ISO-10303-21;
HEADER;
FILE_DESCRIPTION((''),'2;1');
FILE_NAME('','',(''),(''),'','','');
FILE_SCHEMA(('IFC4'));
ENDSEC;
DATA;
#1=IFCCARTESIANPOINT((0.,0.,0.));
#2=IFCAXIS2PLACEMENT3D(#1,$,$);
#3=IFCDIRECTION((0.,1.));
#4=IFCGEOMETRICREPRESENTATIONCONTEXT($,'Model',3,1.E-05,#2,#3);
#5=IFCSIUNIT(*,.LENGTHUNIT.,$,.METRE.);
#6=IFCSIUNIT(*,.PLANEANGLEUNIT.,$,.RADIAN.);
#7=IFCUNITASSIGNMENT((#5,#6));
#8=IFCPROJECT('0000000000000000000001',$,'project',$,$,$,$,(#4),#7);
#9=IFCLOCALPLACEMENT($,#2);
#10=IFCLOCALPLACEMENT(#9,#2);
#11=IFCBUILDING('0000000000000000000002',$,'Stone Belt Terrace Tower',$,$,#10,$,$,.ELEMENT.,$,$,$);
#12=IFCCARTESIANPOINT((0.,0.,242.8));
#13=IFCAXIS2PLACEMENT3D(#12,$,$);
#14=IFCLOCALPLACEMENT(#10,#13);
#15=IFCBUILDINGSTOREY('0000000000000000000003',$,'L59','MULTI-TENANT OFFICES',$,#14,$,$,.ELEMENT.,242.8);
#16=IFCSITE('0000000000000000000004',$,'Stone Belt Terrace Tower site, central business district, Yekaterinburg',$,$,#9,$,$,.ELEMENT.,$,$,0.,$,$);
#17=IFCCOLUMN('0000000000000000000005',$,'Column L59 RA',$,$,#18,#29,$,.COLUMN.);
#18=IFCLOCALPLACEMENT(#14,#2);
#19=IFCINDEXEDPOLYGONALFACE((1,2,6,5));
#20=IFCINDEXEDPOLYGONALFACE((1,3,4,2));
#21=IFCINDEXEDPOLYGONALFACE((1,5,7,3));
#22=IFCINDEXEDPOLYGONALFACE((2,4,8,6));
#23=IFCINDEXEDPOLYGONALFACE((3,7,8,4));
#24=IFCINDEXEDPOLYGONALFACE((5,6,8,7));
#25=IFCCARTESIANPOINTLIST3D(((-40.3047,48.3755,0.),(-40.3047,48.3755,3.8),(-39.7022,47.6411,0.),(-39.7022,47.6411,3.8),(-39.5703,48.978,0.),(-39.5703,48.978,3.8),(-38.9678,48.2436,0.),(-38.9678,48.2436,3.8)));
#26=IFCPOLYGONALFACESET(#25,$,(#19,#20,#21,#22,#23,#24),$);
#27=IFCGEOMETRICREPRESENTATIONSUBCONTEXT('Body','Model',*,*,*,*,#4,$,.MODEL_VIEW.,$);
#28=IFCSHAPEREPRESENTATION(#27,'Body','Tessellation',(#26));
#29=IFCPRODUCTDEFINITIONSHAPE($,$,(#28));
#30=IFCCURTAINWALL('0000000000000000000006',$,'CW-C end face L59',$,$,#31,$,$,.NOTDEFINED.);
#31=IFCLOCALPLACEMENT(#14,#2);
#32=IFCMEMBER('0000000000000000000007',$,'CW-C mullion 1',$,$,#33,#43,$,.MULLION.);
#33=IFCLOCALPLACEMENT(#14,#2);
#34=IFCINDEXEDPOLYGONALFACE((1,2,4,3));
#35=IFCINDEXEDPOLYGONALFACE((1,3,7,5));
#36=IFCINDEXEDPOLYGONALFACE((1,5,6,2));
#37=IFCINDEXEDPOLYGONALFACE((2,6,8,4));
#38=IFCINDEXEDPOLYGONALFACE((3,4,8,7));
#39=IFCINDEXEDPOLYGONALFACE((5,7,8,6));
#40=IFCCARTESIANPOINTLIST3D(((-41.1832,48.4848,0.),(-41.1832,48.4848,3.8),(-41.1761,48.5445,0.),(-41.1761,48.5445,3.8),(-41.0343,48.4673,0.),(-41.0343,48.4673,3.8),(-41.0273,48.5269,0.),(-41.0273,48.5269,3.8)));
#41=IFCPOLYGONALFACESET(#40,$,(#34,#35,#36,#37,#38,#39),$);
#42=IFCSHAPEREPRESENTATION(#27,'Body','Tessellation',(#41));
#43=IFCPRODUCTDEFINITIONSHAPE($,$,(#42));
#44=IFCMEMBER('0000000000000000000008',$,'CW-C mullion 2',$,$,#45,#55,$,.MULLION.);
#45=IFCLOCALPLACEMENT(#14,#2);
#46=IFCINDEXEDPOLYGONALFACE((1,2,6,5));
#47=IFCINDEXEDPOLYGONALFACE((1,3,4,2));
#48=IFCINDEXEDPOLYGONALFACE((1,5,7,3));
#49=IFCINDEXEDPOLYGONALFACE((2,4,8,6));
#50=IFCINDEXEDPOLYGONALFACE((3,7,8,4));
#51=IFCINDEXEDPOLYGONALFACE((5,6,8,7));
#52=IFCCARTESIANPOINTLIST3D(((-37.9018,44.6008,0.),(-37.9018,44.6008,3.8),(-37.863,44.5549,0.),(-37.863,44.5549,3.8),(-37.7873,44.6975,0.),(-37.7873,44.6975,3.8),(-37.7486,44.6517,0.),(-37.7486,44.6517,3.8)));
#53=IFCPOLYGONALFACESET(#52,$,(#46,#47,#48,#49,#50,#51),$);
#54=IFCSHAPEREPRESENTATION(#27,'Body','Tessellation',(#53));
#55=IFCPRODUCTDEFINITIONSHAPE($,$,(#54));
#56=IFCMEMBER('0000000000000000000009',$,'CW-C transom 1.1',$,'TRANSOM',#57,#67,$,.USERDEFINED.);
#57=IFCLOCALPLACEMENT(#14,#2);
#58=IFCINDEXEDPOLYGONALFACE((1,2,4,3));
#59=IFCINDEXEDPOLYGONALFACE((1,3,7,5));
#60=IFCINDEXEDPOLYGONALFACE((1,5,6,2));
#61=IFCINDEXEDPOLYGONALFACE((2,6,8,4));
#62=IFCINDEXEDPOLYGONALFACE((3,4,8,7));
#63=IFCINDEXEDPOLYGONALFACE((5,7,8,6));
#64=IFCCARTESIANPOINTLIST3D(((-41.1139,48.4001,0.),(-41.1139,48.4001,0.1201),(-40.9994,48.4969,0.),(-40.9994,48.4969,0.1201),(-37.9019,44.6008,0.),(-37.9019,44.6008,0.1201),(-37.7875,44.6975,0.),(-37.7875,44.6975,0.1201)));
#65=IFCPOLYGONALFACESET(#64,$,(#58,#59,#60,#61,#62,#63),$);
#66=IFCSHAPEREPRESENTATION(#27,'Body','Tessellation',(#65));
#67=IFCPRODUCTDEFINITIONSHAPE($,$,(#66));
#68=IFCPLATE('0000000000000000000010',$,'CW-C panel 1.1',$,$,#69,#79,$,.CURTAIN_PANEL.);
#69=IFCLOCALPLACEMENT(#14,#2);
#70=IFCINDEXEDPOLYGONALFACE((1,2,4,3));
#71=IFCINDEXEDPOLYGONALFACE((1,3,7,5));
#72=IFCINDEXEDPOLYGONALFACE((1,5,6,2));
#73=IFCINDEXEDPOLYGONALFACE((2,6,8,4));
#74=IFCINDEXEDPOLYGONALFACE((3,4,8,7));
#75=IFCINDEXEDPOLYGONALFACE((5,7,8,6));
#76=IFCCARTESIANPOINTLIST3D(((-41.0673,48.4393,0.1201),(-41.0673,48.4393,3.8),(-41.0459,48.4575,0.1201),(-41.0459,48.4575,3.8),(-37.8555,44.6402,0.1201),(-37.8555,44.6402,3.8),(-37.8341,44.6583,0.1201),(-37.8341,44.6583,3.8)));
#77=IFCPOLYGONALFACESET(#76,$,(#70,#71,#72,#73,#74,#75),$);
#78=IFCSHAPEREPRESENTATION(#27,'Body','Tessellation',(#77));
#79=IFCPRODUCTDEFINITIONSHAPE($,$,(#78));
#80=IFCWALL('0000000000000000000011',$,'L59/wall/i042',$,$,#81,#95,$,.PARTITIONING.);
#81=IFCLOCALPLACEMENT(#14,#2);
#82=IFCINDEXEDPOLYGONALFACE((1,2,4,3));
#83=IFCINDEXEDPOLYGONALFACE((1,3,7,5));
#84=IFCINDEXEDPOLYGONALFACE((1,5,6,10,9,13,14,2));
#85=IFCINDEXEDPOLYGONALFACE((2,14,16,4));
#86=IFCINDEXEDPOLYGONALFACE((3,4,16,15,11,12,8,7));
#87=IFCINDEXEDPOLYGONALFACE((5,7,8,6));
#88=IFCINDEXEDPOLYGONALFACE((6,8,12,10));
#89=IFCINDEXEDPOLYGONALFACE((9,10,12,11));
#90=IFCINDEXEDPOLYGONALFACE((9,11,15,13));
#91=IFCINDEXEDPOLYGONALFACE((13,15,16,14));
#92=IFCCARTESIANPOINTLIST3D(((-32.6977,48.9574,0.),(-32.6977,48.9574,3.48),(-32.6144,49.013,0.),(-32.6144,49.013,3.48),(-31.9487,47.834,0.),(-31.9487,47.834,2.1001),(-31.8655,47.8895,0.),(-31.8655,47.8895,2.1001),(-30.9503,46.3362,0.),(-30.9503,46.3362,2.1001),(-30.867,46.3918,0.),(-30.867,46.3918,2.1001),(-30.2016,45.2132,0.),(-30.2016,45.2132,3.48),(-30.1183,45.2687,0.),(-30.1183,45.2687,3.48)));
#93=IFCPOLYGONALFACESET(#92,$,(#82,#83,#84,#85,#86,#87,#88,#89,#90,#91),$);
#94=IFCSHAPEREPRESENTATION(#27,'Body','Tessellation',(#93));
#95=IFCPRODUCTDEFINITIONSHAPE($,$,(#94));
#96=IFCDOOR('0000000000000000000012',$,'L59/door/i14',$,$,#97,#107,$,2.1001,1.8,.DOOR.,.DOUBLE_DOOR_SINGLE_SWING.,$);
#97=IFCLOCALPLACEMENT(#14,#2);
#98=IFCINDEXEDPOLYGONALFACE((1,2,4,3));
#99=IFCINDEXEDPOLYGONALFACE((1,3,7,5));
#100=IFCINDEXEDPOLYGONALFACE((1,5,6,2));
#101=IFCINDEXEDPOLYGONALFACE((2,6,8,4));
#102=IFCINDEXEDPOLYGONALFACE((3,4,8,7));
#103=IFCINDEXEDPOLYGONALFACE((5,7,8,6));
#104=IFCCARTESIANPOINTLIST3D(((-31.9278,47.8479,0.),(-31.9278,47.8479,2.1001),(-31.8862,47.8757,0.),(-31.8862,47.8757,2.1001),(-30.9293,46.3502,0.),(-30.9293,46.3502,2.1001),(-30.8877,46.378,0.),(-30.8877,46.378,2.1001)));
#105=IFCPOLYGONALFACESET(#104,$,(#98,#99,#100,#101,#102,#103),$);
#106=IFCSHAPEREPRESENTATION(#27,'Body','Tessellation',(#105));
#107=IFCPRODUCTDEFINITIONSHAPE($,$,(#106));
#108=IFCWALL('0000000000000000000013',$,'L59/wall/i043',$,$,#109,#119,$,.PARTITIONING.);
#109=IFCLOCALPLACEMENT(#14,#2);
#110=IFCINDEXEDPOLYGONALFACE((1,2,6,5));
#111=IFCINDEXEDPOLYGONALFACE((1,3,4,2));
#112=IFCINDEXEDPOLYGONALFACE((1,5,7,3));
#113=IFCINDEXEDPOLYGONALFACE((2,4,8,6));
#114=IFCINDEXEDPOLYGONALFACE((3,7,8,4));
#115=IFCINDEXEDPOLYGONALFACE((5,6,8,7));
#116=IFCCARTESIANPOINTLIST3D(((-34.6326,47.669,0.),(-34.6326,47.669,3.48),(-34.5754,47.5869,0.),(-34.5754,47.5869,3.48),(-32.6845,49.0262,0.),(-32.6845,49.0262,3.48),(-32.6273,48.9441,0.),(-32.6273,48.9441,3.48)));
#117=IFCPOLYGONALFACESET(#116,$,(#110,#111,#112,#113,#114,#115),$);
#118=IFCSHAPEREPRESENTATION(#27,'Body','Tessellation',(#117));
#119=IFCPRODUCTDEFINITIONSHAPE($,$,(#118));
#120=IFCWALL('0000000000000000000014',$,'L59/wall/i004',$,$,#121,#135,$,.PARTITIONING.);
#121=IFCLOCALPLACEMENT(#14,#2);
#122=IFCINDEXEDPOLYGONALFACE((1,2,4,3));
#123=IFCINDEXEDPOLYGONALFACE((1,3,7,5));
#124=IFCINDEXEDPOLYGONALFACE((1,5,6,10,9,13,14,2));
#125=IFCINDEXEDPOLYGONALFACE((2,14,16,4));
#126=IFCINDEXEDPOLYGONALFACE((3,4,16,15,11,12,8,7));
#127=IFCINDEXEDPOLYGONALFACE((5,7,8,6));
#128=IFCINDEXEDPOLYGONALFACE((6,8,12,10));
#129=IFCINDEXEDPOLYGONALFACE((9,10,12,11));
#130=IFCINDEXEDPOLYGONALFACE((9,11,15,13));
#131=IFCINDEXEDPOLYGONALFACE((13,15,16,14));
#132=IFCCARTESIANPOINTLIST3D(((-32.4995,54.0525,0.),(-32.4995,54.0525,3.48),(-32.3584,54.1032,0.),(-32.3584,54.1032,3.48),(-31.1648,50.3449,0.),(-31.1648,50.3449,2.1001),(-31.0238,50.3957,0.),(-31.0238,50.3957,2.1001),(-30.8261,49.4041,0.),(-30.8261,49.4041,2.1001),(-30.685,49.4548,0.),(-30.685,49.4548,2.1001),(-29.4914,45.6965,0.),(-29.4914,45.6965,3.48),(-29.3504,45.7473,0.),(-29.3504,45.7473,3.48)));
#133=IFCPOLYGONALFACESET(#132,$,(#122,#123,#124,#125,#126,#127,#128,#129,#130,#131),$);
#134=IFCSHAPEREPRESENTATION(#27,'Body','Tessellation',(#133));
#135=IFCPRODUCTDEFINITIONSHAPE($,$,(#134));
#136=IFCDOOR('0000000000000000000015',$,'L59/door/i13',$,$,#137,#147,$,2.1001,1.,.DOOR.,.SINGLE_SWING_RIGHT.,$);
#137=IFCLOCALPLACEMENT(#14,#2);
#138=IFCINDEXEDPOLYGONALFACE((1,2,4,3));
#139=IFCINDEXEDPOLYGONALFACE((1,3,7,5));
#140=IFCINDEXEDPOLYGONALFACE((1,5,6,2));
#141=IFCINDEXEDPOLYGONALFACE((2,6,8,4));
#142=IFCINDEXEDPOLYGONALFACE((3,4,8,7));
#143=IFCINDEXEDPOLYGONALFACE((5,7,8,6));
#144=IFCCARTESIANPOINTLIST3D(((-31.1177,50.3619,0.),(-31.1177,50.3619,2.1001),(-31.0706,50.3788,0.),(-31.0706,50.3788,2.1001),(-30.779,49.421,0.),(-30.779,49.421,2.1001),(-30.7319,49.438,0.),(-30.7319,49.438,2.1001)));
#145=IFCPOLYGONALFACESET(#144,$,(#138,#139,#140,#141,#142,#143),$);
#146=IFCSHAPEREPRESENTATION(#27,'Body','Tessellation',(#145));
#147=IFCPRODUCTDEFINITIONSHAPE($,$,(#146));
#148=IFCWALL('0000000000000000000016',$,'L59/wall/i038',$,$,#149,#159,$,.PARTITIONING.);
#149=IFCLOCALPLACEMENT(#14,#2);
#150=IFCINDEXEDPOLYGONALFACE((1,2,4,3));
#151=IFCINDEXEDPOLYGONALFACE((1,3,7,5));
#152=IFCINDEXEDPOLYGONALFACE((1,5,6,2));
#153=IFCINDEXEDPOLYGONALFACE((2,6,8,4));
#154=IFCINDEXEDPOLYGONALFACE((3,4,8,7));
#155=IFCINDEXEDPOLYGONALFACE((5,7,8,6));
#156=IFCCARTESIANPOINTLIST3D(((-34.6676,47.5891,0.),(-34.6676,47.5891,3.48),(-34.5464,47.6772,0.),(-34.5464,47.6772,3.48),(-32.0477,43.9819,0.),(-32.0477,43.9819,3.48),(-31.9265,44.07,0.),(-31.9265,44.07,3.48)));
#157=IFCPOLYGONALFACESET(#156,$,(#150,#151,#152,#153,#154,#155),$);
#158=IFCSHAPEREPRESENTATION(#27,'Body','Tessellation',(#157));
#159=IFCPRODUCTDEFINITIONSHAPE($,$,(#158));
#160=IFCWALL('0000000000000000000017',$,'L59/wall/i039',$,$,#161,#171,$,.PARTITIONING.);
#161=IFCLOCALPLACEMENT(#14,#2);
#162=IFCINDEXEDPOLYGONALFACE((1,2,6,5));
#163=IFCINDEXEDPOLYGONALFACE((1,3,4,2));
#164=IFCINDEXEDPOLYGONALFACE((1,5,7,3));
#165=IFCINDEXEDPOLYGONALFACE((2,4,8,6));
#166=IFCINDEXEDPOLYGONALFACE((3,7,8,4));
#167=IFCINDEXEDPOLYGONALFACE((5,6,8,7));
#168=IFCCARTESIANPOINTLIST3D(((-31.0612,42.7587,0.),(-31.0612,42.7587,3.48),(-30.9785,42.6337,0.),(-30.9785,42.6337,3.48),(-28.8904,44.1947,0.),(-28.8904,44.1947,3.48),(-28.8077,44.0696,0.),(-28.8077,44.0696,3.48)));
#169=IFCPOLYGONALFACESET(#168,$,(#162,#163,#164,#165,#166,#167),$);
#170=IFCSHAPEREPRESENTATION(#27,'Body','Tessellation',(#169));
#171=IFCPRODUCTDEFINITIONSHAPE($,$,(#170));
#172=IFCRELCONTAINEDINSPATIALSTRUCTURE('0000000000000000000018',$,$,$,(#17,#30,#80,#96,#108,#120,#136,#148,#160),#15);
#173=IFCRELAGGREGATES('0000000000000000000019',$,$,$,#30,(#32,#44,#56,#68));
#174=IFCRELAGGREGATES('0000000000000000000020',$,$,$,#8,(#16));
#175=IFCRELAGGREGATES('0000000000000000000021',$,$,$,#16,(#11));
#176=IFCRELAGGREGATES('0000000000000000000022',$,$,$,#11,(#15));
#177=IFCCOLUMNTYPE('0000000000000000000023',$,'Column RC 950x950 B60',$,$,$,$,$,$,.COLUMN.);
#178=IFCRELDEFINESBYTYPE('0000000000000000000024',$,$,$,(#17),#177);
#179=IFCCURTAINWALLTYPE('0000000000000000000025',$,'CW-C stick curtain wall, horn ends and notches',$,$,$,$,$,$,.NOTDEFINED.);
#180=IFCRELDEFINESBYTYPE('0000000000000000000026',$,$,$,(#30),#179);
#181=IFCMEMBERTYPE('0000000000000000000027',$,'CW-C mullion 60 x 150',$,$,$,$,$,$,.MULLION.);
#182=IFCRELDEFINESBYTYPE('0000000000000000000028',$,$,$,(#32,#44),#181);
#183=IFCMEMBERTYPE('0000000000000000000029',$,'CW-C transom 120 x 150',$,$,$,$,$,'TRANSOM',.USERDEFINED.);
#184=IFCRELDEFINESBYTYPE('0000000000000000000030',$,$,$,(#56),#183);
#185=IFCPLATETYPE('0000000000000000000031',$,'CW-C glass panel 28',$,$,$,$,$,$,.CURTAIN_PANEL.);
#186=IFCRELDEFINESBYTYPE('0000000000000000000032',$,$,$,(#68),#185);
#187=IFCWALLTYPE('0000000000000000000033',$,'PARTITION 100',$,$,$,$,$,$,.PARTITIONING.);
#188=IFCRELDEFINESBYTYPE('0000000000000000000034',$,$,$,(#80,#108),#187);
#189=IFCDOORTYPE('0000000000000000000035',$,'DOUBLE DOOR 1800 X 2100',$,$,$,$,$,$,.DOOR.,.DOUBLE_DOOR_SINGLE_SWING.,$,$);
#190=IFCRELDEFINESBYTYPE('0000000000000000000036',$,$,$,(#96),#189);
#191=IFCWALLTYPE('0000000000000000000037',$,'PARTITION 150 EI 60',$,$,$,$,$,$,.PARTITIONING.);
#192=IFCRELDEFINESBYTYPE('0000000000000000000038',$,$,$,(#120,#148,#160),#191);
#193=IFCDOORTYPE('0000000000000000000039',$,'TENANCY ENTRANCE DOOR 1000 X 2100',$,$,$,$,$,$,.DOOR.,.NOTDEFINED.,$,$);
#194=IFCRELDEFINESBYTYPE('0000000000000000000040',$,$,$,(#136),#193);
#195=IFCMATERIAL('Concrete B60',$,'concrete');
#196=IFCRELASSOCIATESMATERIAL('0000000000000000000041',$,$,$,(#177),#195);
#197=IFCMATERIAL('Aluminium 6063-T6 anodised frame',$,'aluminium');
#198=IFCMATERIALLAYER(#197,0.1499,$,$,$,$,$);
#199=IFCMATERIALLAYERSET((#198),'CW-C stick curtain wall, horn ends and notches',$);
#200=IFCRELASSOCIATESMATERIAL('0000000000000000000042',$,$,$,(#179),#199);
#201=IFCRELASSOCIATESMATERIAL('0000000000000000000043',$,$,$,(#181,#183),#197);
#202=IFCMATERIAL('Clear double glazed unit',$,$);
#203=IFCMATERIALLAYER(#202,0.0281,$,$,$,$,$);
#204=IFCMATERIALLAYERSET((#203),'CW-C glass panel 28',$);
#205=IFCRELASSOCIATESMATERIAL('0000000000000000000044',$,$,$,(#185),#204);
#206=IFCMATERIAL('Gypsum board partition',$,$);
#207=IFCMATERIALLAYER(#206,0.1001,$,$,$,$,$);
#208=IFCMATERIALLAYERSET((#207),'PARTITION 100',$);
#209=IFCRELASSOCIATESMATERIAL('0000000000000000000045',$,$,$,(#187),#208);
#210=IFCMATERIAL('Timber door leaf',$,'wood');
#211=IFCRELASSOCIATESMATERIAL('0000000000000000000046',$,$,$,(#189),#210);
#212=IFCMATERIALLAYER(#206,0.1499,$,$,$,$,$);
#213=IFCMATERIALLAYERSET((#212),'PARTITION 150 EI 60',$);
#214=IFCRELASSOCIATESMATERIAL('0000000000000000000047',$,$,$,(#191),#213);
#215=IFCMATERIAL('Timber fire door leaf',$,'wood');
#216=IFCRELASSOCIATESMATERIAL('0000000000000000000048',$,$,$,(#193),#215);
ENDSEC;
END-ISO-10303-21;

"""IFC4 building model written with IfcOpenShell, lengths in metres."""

from ifc_helpers import new_model, si_unit, direction, frame, frame_2d, origin, origin_2d, place, context, subcontext, project, spatial, rectangle, extrude, material, layer, layer_set, material_profile, profile_set, type_object, element, fill, aggregate, save


model = new_model("IFC4")

# Units and contexts
model_context = context("Model", 3, precision=1e-05, world=origin(), true_north=direction((0.0, 1.0)))
body_context = subcontext(model_context, "Body", "Model", "MODEL_VIEW")
ifc_project = project(units=[si_unit("LENGTHUNIT", "METRE"), si_unit("PLANEANGLEUNIT", "RADIAN")], contexts=[model_context])

# Site, building, storey
site_placement = place(None, origin())
site = spatial("IfcSite", under=ifc_project, at=site_placement, Name="Stone Belt Terrace Tower site, central business district, Yekaterinburg", CompositionType="ELEMENT", RefElevation=0.0)
building_placement = place(site_placement, origin())
building = spatial("IfcBuilding", under=site, at=building_placement, Name="Stone Belt Terrace Tower", CompositionType="ELEMENT")
storey_placement = place(building_placement, frame((0.0, 0.0, 242.8)))
storey = spatial("IfcBuildingStorey", under=building, at=storey_placement, Name="L59", Description="MULTI-TENANT OFFICES", CompositionType="ELEMENT", Elevation=242.8)

# Column
ifc_material_1 = material(Name="Concrete B60", Category="concrete")
ifc_material_profile_1 = material_profile(ifc_material_1, rectangle(XDim=0.95, YDim=0.95, at=origin_2d()), Name="RC 950x950")
ifc_profile_set_1 = profile_set([ifc_material_profile_1], Name="Concrete B60")
column_type = type_object("IfcColumnType", Name="Column RC 950x950 B60", PredefinedType="COLUMN", material=ifc_profile_set_1)
column_placement = place(storey_placement, frame((-39.6362, 48.3096, 0.0), z_axis=(0.0, 0.0, 1.0), x_axis=(0.773091, 0.634295, 0.0)))
element("IfcColumn", 1, at=column_placement, inside=storey, type_object=column_type, Name="Column L59 RA", PredefinedType="COLUMN", context=body_context, shape_type="SweptSolid", body=[
    extrude(rectangle(XDim=0.95, YDim=0.95, at=origin_2d()), origin(), (0.0, 0.0, 1.0), 3.8),
])

# Curtain wall, members, plate
ifc_material_2 = material(Name="Aluminium 6063-T6 anodised frame", Category="aluminium")
ifc_layer_1 = layer(ifc_material_2, 0.1499)
ifc_layer_set_1 = layer_set([ifc_layer_1], Name="CW-C stick curtain wall, horn ends and notches")
curtain_wall_type = type_object("IfcCurtainWallType", Name="CW-C stick curtain wall, horn ends and notches", PredefinedType="NOTDEFINED", material=ifc_layer_set_1)
curtain_wall_placement = place(storey_placement, origin())
curtain_wall = element("IfcCurtainWall", 2, at=curtain_wall_placement, inside=storey, type_object=curtain_wall_type, Name="CW-C end face L59", PredefinedType="NOTDEFINED")
ifc_material_profile_2 = material_profile(ifc_material_2, rectangle(XDim=0.1499, YDim=0.0601, at=origin_2d()), Name="Aluminium 6063-T6 60x150")
ifc_profile_set_2 = profile_set([ifc_material_profile_2], Name="Aluminium 6063-T6 anodised frame")
member_type_1 = type_object("IfcMemberType", Name="CW-C mullion 60 x 150", PredefinedType="MULLION", material=ifc_profile_set_2)
member_1_placement = place(storey_placement, frame((-41.1052, 48.5059, 0.0), z_axis=(0.0, 0.0, 1.0), x_axis=(0.993115, -0.117145, 0.0)))
member_1 = element("IfcMember", 3, at=member_1_placement, type_object=member_type_1, Name="CW-C mullion 1", PredefinedType="MULLION", context=body_context, shape_type="SweptSolid", body=[
    extrude(rectangle(XDim=0.1499, YDim=0.0601, at=origin_2d()), origin(), (0.0, 0.0, 1.0), 3.8),
])
member_2_placement = place(storey_placement, frame((-37.8252, 44.6262, 0.0), z_axis=(0.0, 0.0, 1.0), x_axis=(0.76367, 0.645607, 0.0)))
member_2 = element("IfcMember", 4, at=member_2_placement, type_object=member_type_1, Name="CW-C mullion 2", PredefinedType="MULLION", context=body_context, shape_type="SweptSolid", body=[
    extrude(rectangle(XDim=0.1499, YDim=0.0601, at=origin_2d()), origin(), (0.0, 0.0, 1.0), 3.8),
])
ifc_material_profile_3 = material_profile(ifc_material_2, rectangle(XDim=0.1499, YDim=0.1201, at=origin_2d()), Name="Aluminium 6063-T6 150x120")
ifc_profile_set_3 = profile_set([ifc_material_profile_3], Name="Aluminium 6063-T6 anodised frame")
member_type_2 = type_object("IfcMemberType", Name="CW-C transom 120 x 150", ElementType="TRANSOM", PredefinedType="USERDEFINED", material=ifc_profile_set_3)
member_3_placement = place(storey_placement, frame((-41.0566, 48.4485, 0.0601), z_axis=(0.645603, -0.763673, 0.0), x_axis=(0.763673, 0.645603, 0.0)))
member_3 = element("IfcMember", 5, at=member_3_placement, type_object=member_type_2, Name="CW-C transom 1.1", ObjectType="TRANSOM", PredefinedType="USERDEFINED", context=body_context, shape_type="SweptSolid", body=[
    extrude(rectangle(XDim=0.1499, YDim=0.1201, at=origin_2d()), origin(), (0.0, 0.0, 1.0), 4.9751),
])
ifc_material_3 = material(Name="Clear double glazed unit")
ifc_layer_2 = layer(ifc_material_3, 0.0281)
ifc_layer_set_2 = layer_set([ifc_layer_2], Name="CW-C glass panel 28")
plate_type = type_object("IfcPlateType", Name="CW-C glass panel 28", PredefinedType="CURTAIN_PANEL", material=ifc_layer_set_2)
plate_placement = place(storey_placement, frame((-39.4507, 46.5488, 0.1201), z_axis=(0.0, 0.0, 1.0), x_axis=(0.645607, -0.76367, 0.0)))
plate = element("IfcPlate", 6, at=plate_placement, type_object=plate_type, Name="CW-C panel 1.1", PredefinedType="CURTAIN_PANEL", context=body_context, shape_type="SweptSolid", body=[
    extrude(rectangle(XDim=4.9749, YDim=0.0281, at=origin_2d()), origin(), (0.0, 0.0, 1.0), 3.6799),
])
aggregate(curtain_wall, [member_1, member_2, member_3, plate])

# Wall, opening, door
ifc_material_4 = material(Name="Gypsum board partition")
ifc_layer_3 = layer(ifc_material_4, 0.1001)
ifc_layer_set_3 = layer_set([ifc_layer_3], Name="PARTITION 100")
wall_type_1 = type_object("IfcWallType", Name="PARTITION 100", PredefinedType="PARTITIONING", material=ifc_layer_set_3)
wall_1_placement = place(storey_placement, frame((-30.1599, 45.241, 0.0), z_axis=(0.0, 0.0, 1.0), x_axis=(-0.5547, 0.83205, 0.0)))
wall_1 = element("IfcWall", 7, at=wall_1_placement, inside=storey, type_object=wall_type_1, Name="L59/wall/i042", PredefinedType="PARTITIONING", context=body_context, shape_type="SweptSolid", body=[
    extrude(rectangle(XDim=4.5, YDim=0.1001, at=frame_2d((2.25, 0.0))), origin(), (0.0, 0.0, 1.0), 3.48),
])
opening_1_placement = place(wall_1_placement, frame((1.3499, 0.0, 0.0)))
opening_1 = element("IfcOpeningElement", 8, at=opening_1_placement, cuts=wall_1, PredefinedType="OPENING", context=body_context, shape_type="SweptSolid", body=[
    extrude(rectangle(XDim=1.8, YDim=2.1001, at=frame_2d((0.8999, 1.05))), frame((0.0, 0.0601, 0.0), z_axis=(0.0, -1.0, 0.0), x_axis=(1.0, 0.0, 0.0)), (0.0, 0.0, 1.0), 0.1201),
])
ifc_material_5 = material(Name="Timber door leaf", Category="wood")
door_type_1 = type_object("IfcDoorType", Name="DOUBLE DOOR 1800 X 2100", OperationType="DOUBLE_DOOR_SINGLE_SWING", PredefinedType="DOOR", material=ifc_material_5)
door_1_placement = place(opening_1_placement, origin())
door_1 = element("IfcDoor", 9, at=door_1_placement, inside=storey, type_object=door_type_1, Name="L59/door/i14", OperationType="DOUBLE_DOOR_SINGLE_SWING", OverallHeight=2.1001, OverallWidth=1.8, PredefinedType="DOOR", context=body_context, shape_type="SweptSolid", body=[
    extrude(rectangle(XDim=1.8, YDim=2.1001, at=frame_2d((0.8999, 1.05))), frame((0.0, 0.0249, 0.0), z_axis=(0.0, -1.0, 0.0), x_axis=(1.0, 0.0, 0.0)), (0.0, 0.0, 1.0), 0.05),
])
fill(opening_1, door_1)

# Wall
wall_2_placement = place(storey_placement, frame((-32.656, 48.9851, 0.0), z_axis=(0.0, 0.0, 1.0), x_axis=(-0.8205, -0.571646, 0.0)))
element("IfcWall", 10, at=wall_2_placement, inside=storey, type_object=wall_type_1, Name="L59/wall/i043", PredefinedType="PARTITIONING", context=body_context, shape_type="SweptSolid", body=[
    extrude(rectangle(XDim=2.3743, YDim=0.1001, at=frame_2d((1.187, 0.0))), origin(), (0.0, 0.0, 1.0), 3.48),
])

# Wall, opening, door
ifc_layer_4 = layer(ifc_material_4, 0.1499)
ifc_layer_set_4 = layer_set([ifc_layer_4], Name="PARTITION 150 EI 60")
wall_type_2 = type_object("IfcWallType", Name="PARTITION 150 EI 60", PredefinedType="PARTITIONING", material=ifc_layer_set_4)
wall_3_placement = place(storey_placement, frame((-29.4209, 45.7219, 0.0), z_axis=(0.0, 0.0, 1.0), x_axis=(-0.338711, 0.940891, 0.0)))
wall_3 = element("IfcWall", 11, at=wall_3_placement, inside=storey, type_object=wall_type_2, Name="L59/wall/i004", PredefinedType="PARTITIONING", context=body_context, shape_type="SweptSolid", body=[
    extrude(rectangle(XDim=8.8809, YDim=0.1499, at=frame_2d((4.4404, 0.0))), origin(), (0.0, 0.0, 1.0), 3.48),
])
opening_2_placement = place(wall_3_placement, frame((3.9404, 0.0, 0.0)))
opening_2 = element("IfcOpeningElement", 12, at=opening_2_placement, cuts=wall_3, PredefinedType="OPENING", context=body_context, shape_type="SweptSolid", body=[
    extrude(rectangle(XDim=1.0, YDim=2.1001, at=frame_2d((0.5, 1.05))), frame((0.0, 0.085, 0.0), z_axis=(0.0, -1.0, 0.0), x_axis=(1.0, 0.0, 0.0)), (0.0, 0.0, 1.0), 0.1699),
])
ifc_material_6 = material(Name="Timber fire door leaf", Category="wood")
door_type_2 = type_object("IfcDoorType", Name="TENANCY ENTRANCE DOOR 1000 X 2100", OperationType="NOTDEFINED", PredefinedType="DOOR", material=ifc_material_6)
door_2_placement = place(opening_2_placement, origin())
door_2 = element("IfcDoor", 13, at=door_2_placement, inside=storey, type_object=door_type_2, Name="L59/door/i13", OperationType="SINGLE_SWING_RIGHT", OverallHeight=2.1001, OverallWidth=1.0, PredefinedType="DOOR", context=body_context, shape_type="SweptSolid", body=[
    extrude(rectangle(XDim=1.0, YDim=2.1001, at=frame_2d((0.5, 1.05))), frame((0.0, 0.0249, 0.0), z_axis=(0.0, -1.0, 0.0), x_axis=(1.0, 0.0, 0.0)), (0.0, 0.0, 1.0), 0.05),
])
fill(opening_2, door_2)

# Walls
wall_4_placement = place(storey_placement, frame((-34.6069, 47.6331, 0.0), z_axis=(0.0, 0.0, 1.0), x_axis=(0.587654, -0.809112, 0.0)))
element("IfcWall", 14, at=wall_4_placement, inside=storey, type_object=wall_type_2, Name="L59/wall/i038", PredefinedType="PARTITIONING", context=body_context, shape_type="SweptSolid", body=[
    extrude(rectangle(XDim=4.4583, YDim=0.1499, at=frame_2d((2.229, 0.0))), origin(), (0.0, 0.0, 1.0), 3.48),
])
wall_5_placement = place(storey_placement, frame((-28.8491, 44.1321, 0.0), z_axis=(0.0, 0.0, 1.0), x_axis=(-0.834036, -0.55171, 0.0)))
element("IfcWall", 15, at=wall_5_placement, inside=storey, type_object=wall_type_2, Name="L59/wall/i039", PredefinedType="PARTITIONING", context=body_context, shape_type="SweptSolid", body=[
    extrude(rectangle(XDim=2.6028, YDim=0.1499, at=frame_2d((1.3013, 0.0))), origin(), (0.0, 0.0, 1.0), 3.48),
])

save(model, "model.ifc")
